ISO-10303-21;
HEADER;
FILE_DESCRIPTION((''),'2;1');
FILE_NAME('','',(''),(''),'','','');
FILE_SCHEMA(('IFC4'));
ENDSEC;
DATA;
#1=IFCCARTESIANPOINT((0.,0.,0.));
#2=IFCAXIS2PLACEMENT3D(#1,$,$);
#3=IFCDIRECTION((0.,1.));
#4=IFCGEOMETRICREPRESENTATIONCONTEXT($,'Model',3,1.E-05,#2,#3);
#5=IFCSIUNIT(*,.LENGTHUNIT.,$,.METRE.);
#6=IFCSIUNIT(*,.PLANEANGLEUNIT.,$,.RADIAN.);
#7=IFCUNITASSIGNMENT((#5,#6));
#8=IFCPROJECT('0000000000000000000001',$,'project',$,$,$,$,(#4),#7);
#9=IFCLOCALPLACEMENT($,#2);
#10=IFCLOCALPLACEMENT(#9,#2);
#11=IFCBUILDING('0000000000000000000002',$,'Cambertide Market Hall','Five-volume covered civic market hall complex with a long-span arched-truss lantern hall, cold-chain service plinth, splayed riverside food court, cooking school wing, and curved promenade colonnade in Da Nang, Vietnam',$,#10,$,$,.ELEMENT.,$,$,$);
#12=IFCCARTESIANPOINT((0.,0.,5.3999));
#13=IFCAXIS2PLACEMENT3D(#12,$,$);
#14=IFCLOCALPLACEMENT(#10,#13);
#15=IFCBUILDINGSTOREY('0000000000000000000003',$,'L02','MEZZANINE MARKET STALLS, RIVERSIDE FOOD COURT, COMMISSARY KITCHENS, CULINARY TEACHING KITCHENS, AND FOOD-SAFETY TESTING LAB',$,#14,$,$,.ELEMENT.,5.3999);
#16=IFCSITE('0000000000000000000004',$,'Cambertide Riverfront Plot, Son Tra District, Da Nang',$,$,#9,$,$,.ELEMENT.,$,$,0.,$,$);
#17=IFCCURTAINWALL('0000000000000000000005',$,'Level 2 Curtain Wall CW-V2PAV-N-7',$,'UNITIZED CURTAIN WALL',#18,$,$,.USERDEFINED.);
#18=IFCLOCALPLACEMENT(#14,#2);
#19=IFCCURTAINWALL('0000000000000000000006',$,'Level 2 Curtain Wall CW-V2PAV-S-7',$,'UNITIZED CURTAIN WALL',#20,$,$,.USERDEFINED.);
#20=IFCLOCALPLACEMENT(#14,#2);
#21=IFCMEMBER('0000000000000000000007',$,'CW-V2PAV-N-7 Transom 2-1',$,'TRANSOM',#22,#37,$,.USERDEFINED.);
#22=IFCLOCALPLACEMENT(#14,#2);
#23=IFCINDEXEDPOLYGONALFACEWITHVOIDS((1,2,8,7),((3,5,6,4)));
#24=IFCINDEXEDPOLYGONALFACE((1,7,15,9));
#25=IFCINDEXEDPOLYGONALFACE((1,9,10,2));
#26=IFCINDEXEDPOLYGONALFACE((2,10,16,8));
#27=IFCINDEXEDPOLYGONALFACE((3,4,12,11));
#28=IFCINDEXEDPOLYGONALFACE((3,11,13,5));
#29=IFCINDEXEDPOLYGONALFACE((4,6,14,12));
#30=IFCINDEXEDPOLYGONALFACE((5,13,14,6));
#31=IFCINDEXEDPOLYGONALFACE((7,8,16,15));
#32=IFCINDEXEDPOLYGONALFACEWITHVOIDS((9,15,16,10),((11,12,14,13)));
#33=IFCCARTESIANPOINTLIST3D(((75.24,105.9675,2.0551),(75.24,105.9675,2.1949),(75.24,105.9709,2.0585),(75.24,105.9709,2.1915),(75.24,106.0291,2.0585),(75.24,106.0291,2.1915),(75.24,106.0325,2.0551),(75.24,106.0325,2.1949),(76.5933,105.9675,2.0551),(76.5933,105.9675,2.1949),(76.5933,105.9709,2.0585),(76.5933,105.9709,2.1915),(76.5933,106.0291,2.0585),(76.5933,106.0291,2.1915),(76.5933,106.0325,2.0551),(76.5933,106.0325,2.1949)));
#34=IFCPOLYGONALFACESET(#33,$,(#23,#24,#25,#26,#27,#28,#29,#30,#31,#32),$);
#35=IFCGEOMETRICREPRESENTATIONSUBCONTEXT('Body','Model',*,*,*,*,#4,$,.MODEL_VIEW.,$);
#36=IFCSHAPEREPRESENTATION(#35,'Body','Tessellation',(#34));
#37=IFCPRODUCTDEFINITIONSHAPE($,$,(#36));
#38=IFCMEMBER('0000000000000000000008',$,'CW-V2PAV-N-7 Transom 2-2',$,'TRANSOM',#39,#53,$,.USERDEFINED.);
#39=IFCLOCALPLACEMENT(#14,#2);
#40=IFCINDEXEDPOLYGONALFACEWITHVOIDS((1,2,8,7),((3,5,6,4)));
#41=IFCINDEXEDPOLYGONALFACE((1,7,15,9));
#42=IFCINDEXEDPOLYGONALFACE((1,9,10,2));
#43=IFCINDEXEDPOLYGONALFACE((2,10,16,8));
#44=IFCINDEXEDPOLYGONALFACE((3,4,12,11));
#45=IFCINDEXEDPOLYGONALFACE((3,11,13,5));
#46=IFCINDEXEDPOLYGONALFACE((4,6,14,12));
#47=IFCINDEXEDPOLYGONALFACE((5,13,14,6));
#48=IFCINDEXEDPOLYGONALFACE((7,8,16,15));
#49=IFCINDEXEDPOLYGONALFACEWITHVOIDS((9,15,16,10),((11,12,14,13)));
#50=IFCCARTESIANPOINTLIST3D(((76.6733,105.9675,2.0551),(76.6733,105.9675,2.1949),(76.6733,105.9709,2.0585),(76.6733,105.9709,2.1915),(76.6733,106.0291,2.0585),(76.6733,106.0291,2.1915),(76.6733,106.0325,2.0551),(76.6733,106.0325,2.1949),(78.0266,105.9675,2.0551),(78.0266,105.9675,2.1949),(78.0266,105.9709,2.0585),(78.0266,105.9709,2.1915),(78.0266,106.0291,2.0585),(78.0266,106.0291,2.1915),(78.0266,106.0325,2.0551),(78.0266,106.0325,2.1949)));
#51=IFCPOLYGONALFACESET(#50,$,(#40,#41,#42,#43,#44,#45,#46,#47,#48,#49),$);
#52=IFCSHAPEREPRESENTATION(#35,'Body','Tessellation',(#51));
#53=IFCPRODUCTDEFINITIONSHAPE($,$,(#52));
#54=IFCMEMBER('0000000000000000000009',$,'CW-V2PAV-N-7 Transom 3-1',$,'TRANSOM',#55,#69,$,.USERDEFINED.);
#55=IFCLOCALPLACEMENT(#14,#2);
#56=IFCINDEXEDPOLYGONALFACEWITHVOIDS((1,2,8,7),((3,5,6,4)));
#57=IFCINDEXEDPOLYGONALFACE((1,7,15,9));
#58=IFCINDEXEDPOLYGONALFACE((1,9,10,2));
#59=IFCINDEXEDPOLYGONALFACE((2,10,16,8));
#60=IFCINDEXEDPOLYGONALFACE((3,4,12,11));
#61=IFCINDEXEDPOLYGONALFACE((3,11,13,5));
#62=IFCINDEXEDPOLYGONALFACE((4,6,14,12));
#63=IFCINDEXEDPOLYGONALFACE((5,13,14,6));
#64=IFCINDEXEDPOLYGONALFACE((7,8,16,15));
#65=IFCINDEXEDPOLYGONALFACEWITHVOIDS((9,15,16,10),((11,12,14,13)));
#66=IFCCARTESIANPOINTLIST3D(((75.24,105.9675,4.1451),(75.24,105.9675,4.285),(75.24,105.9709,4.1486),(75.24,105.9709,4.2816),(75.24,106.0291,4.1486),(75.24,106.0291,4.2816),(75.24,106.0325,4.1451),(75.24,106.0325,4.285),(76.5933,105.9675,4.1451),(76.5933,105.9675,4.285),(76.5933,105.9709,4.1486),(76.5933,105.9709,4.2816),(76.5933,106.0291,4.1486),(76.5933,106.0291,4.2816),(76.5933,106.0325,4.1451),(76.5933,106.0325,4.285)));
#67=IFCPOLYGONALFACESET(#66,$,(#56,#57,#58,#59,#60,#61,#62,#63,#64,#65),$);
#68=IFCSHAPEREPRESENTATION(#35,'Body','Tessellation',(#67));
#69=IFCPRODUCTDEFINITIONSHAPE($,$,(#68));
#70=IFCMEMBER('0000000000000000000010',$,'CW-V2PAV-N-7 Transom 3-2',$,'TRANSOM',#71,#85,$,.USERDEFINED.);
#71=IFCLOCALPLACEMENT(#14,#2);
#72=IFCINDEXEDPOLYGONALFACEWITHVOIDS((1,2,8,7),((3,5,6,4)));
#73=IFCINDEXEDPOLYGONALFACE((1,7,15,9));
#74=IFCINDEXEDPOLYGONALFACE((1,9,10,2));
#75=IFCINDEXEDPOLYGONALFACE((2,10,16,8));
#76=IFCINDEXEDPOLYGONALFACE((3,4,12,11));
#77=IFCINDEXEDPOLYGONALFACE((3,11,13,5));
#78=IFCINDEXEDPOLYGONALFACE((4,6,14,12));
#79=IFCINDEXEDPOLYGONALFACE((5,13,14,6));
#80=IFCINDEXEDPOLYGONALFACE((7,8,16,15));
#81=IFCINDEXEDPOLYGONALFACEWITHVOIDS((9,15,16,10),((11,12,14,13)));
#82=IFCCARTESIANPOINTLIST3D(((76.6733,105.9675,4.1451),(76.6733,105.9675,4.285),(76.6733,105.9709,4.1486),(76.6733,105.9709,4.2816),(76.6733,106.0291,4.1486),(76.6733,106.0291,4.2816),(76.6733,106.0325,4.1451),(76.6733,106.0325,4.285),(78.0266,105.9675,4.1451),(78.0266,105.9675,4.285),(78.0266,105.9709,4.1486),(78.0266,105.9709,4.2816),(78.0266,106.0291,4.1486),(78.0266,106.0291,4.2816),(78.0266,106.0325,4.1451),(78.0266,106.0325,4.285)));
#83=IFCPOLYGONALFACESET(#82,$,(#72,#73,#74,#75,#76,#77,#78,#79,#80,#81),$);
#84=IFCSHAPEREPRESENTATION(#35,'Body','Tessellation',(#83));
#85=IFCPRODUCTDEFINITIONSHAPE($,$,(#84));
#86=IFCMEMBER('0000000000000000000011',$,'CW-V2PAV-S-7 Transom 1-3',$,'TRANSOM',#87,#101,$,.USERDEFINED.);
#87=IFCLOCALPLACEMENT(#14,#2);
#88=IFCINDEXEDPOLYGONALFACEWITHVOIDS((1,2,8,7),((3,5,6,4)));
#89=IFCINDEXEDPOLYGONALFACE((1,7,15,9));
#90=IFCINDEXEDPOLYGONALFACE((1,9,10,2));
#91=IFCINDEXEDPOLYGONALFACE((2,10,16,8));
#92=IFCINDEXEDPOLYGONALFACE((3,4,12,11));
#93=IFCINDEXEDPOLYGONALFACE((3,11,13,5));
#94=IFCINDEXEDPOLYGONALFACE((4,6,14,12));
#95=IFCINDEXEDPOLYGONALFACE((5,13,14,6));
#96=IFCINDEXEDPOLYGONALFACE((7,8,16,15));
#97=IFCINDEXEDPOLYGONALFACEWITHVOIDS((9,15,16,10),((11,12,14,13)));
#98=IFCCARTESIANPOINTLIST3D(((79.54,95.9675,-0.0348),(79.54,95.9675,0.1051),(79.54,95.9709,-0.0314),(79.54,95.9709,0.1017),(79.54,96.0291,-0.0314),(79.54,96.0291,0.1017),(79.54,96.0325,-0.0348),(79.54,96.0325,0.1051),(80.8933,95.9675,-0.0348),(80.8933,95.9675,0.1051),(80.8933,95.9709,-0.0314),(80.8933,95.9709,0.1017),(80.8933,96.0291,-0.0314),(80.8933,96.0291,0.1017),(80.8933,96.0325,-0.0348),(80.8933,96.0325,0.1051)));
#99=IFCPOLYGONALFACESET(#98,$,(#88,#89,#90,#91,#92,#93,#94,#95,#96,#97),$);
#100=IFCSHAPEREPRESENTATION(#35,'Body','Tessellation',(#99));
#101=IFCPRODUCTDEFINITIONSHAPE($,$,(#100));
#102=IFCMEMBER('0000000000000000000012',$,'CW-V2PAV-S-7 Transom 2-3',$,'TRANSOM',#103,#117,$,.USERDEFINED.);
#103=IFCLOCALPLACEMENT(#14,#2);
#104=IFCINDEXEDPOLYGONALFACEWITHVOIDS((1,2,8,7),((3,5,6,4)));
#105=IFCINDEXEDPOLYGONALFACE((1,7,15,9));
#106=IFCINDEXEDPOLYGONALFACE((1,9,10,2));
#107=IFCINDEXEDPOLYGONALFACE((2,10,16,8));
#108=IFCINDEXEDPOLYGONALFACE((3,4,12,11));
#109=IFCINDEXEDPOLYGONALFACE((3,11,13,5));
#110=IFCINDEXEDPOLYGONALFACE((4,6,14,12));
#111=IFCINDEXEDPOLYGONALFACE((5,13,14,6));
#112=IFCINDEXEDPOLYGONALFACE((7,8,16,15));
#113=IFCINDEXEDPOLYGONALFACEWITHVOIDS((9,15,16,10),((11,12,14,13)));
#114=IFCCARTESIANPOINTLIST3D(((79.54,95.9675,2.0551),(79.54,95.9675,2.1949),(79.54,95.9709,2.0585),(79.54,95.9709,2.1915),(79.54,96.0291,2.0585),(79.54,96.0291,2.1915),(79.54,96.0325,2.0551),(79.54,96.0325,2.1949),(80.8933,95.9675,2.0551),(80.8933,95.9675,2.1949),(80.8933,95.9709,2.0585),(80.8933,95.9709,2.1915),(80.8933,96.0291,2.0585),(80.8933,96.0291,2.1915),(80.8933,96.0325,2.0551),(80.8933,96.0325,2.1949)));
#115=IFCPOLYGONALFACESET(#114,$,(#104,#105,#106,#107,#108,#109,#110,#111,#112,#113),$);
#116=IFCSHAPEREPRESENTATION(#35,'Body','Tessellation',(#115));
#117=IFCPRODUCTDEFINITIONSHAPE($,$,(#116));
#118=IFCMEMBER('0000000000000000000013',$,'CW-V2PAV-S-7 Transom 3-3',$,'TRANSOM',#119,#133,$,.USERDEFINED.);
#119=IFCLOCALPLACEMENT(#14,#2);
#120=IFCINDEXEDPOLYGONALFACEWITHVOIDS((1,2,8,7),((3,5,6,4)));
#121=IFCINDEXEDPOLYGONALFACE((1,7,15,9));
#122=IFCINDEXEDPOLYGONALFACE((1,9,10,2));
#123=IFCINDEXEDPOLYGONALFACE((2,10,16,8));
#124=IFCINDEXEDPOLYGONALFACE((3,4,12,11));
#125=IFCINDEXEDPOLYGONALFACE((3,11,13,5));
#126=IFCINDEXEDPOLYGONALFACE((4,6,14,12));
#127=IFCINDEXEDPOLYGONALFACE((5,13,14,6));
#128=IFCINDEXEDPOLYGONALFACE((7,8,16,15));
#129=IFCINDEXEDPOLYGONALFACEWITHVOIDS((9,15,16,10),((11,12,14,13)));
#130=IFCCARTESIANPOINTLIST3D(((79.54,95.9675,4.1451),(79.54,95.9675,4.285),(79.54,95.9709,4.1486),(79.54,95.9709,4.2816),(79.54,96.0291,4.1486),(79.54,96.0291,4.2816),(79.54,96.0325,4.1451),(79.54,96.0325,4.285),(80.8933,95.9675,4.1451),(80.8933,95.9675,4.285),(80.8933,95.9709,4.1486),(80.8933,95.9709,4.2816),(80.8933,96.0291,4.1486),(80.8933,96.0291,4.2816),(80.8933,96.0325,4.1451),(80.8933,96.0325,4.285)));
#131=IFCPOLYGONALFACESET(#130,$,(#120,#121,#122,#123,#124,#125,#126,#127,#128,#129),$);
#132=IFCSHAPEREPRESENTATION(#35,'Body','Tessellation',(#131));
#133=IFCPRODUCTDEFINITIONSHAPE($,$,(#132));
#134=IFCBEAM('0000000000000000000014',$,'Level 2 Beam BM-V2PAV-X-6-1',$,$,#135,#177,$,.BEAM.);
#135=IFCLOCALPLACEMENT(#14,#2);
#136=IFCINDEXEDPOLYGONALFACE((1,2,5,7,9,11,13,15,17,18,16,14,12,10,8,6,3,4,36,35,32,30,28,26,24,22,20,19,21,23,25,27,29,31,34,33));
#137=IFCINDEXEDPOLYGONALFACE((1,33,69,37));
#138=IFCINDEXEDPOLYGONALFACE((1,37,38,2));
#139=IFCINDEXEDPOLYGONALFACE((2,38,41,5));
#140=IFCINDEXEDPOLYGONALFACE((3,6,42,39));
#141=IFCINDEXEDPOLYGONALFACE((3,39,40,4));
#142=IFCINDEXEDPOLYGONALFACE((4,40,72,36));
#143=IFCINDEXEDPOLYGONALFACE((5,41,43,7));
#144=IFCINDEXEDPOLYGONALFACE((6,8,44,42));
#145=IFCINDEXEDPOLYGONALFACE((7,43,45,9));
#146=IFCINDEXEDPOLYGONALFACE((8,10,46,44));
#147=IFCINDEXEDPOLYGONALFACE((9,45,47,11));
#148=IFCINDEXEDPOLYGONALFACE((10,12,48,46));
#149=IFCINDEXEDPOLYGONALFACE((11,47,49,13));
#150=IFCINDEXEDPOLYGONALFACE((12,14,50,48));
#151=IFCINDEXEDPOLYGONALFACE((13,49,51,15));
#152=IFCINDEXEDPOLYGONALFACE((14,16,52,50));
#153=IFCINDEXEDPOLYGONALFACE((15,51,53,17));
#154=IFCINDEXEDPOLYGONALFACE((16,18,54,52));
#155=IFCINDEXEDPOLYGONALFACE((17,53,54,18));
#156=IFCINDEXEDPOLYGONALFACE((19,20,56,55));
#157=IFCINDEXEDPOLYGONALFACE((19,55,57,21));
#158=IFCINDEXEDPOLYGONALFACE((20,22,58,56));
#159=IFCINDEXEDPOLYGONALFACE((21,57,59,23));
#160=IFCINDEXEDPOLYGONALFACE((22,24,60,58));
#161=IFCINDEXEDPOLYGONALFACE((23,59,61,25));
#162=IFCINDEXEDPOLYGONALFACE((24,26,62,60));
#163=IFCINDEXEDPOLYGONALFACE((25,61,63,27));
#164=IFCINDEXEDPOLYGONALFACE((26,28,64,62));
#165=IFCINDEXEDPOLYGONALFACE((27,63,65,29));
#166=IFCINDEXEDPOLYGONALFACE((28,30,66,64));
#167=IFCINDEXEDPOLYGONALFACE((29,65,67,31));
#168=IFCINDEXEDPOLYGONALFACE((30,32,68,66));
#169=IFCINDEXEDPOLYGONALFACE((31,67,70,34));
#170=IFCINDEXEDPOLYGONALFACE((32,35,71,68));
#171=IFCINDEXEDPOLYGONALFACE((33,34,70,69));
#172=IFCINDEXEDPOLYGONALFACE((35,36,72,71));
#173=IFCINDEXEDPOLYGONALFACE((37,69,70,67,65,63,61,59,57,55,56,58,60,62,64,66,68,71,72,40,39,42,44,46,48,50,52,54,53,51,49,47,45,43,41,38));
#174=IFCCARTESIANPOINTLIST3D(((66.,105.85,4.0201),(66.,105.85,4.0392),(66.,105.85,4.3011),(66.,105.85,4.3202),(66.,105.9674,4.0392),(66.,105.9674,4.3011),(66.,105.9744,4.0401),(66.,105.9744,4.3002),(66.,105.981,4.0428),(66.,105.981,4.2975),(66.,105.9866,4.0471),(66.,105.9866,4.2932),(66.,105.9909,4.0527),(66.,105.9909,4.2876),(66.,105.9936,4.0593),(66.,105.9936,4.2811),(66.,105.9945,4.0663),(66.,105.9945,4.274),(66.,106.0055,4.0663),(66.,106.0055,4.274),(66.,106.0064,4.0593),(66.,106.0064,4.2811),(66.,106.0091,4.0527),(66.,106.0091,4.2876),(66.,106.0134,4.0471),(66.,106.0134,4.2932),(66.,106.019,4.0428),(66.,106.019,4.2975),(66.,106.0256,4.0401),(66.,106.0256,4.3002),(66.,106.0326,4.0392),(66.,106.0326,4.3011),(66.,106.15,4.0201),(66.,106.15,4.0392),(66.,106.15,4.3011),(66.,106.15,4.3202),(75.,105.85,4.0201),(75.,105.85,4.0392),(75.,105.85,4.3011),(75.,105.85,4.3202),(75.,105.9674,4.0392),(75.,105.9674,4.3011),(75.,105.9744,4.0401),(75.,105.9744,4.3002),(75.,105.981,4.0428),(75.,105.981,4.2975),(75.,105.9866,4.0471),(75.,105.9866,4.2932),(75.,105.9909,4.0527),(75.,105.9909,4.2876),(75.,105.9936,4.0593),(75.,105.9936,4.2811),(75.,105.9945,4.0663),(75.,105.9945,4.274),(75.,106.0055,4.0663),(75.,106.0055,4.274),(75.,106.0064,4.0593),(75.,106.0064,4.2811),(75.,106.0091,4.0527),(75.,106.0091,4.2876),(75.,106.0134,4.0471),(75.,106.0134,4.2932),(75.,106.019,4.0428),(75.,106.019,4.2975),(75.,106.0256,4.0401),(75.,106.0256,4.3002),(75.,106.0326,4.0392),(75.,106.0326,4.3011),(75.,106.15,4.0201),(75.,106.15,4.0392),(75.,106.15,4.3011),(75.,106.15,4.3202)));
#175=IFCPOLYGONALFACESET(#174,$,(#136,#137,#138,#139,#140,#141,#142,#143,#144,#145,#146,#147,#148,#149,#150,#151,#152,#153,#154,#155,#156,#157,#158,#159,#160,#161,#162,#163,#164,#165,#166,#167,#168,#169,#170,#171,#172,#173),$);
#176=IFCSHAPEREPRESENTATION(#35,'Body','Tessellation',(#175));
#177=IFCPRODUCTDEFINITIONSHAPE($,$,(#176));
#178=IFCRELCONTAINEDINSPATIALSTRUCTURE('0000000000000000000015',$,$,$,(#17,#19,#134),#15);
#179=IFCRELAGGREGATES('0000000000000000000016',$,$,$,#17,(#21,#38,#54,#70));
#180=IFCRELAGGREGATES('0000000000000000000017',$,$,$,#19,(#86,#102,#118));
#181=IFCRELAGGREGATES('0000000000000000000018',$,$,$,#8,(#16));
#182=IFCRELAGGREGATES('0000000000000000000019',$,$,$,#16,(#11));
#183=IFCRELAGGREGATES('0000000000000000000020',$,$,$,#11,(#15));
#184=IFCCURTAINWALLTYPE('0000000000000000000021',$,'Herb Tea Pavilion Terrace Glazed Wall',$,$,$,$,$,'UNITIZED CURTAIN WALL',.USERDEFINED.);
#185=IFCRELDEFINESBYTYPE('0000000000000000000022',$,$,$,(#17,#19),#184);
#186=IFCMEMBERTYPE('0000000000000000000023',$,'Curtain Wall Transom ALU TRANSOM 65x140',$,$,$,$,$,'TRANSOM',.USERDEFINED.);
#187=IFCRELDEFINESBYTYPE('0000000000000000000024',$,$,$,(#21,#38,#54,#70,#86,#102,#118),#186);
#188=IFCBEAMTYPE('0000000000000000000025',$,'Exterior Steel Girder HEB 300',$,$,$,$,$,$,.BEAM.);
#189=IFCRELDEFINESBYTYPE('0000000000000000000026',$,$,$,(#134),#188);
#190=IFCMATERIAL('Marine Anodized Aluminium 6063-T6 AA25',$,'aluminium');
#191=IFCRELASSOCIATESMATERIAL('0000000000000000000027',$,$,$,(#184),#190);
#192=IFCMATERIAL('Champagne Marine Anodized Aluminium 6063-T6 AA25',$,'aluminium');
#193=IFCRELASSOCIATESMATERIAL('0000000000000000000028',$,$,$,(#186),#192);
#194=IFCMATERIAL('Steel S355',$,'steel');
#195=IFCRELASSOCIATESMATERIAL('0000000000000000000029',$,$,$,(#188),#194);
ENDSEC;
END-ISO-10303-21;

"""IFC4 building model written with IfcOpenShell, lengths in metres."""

from ifc_helpers import new_model, si_unit, direction, frame, origin, origin_2d, place, context, subcontext, project, spatial, hollow_rectangle, i_section, extrude, material, material_profile, profile_set, type_object, element, aggregate, save


model = new_model("IFC4")

# Units and contexts
model_context = context("Model", 3, precision=1e-05, world=origin(), true_north=direction((0.0, 1.0)))
body_context = subcontext(model_context, "Body", "Model", "MODEL_VIEW")
ifc_project = project(units=[si_unit("LENGTHUNIT", "METRE"), si_unit("PLANEANGLEUNIT", "RADIAN")], contexts=[model_context])

# Site, building, storey
site_placement = place(None, origin())
site = spatial("IfcSite", under=ifc_project, at=site_placement, Name="Cambertide Riverfront Plot, Son Tra District, Da Nang", CompositionType="ELEMENT", RefElevation=0.0)
building_placement = place(site_placement, origin())
building = spatial("IfcBuilding", under=site, at=building_placement, Name="Cambertide Market Hall", Description="Five-volume covered civic market hall complex with a long-span arched-truss lantern hall, cold-chain service plinth, splayed riverside food court, cooking school wing, and curved promenade colonnade in Da Nang, Vietnam", CompositionType="ELEMENT")
storey_placement = place(building_placement, frame((0.0, 0.0, 5.3999)))
storey = spatial("IfcBuildingStorey", under=building, at=storey_placement, Name="L02", Description="MEZZANINE MARKET STALLS, RIVERSIDE FOOD COURT, COMMISSARY KITCHENS, CULINARY TEACHING KITCHENS, AND FOOD-SAFETY TESTING LAB", CompositionType="ELEMENT", Elevation=5.3999)

# Curtain wall
ifc_material_1 = material(Name="Marine Anodized Aluminium 6063-T6 AA25", Category="aluminium")
curtain_wall_type = type_object("IfcCurtainWallType", Name="Herb Tea Pavilion Terrace Glazed Wall", ElementType="UNITIZED CURTAIN WALL", PredefinedType="USERDEFINED", material=ifc_material_1)
curtain_wall_1_placement = place(storey_placement, origin())
curtain_wall_1 = element("IfcCurtainWall", 1, at=curtain_wall_1_placement, inside=storey, type_object=curtain_wall_type, Name="Level 2 Curtain Wall CW-V2PAV-N-7", ObjectType="UNITIZED CURTAIN WALL", PredefinedType="USERDEFINED")

# Curtain wall
curtain_wall_2_placement = place(storey_placement, origin())
curtain_wall_2 = element("IfcCurtainWall", 2, at=curtain_wall_2_placement, inside=storey, type_object=curtain_wall_type, Name="Level 2 Curtain Wall CW-V2PAV-S-7", ObjectType="UNITIZED CURTAIN WALL", PredefinedType="USERDEFINED")

# Members
ifc_material_2 = material(Name="Champagne Marine Anodized Aluminium 6063-T6 AA25", Category="aluminium")
ifc_material_profile_1 = material_profile(ifc_material_2, hollow_rectangle(XDim=0.0649, YDim=0.1399, WallThickness=0.0034, at=origin_2d()), Name="ALU TRANSOM 65x140")
ifc_profile_set_1 = profile_set([ifc_material_profile_1], Name="Champagne Marine Anodized Aluminium 6063-T6 AA25")
member_type_1 = type_object("IfcMemberType", Name="Curtain Wall Transom ALU TRANSOM 65x140", ElementType="TRANSOM", PredefinedType="USERDEFINED", material=ifc_profile_set_1)
member_1_placement = place(storey_placement, frame((75.24, 106.0, 2.125), z_axis=(1.0, 0.0, 0.0), x_axis=(0.0, 1.0, 0.0)))
member_1 = element("IfcMember", 3, at=member_1_placement, type_object=member_type_1, Name="CW-V2PAV-N-7 Transom 2-1", ObjectType="TRANSOM", PredefinedType="USERDEFINED", context=body_context, shape_type="SweptSolid", body=[
    extrude(hollow_rectangle(XDim=0.0649, YDim=0.1399, WallThickness=0.0034, at=origin_2d()), origin(), (0.0, 0.0, 1.0), 1.3533),
])
member_2_placement = place(storey_placement, frame((76.6733, 106.0, 2.125), z_axis=(1.0, 0.0, 0.0), x_axis=(0.0, 1.0, 0.0)))
member_2 = element("IfcMember", 4, at=member_2_placement, type_object=member_type_1, Name="CW-V2PAV-N-7 Transom 2-2", ObjectType="TRANSOM", PredefinedType="USERDEFINED", context=body_context, shape_type="SweptSolid", body=[
    extrude(hollow_rectangle(XDim=0.0649, YDim=0.1399, WallThickness=0.0034, at=origin_2d()), origin(), (0.0, 0.0, 1.0), 1.3533),
])
member_3_placement = place(storey_placement, frame((75.24, 106.0, 4.2151), z_axis=(1.0, 0.0, 0.0), x_axis=(0.0, 1.0, 0.0)))
member_3 = element("IfcMember", 5, at=member_3_placement, type_object=member_type_1, Name="CW-V2PAV-N-7 Transom 3-1", ObjectType="TRANSOM", PredefinedType="USERDEFINED", context=body_context, shape_type="SweptSolid", body=[
    extrude(hollow_rectangle(XDim=0.0649, YDim=0.1399, WallThickness=0.0034, at=origin_2d()), origin(), (0.0, 0.0, 1.0), 1.3533),
])
member_4_placement = place(storey_placement, frame((76.6733, 106.0, 4.2151), z_axis=(1.0, 0.0, 0.0), x_axis=(0.0, 1.0, 0.0)))
member_4 = element("IfcMember", 6, at=member_4_placement, type_object=member_type_1, Name="CW-V2PAV-N-7 Transom 3-2", ObjectType="TRANSOM", PredefinedType="USERDEFINED", context=body_context, shape_type="SweptSolid", body=[
    extrude(hollow_rectangle(XDim=0.0649, YDim=0.1399, WallThickness=0.0034, at=origin_2d()), origin(), (0.0, 0.0, 1.0), 1.3533),
])
member_5_placement = place(storey_placement, frame((80.8933, 96.0, 0.0352), z_axis=(-1.0, 0.0, 0.0), x_axis=(0.0, -1.0, 0.0)))
member_5 = element("IfcMember", 7, at=member_5_placement, type_object=member_type_1, Name="CW-V2PAV-S-7 Transom 1-3", ObjectType="TRANSOM", PredefinedType="USERDEFINED", context=body_context, shape_type="SweptSolid", body=[
    extrude(hollow_rectangle(XDim=0.0649, YDim=0.1399, WallThickness=0.0034, at=origin_2d()), origin(), (0.0, 0.0, 1.0), 1.3533),
])
member_6_placement = place(storey_placement, frame((80.8933, 96.0, 2.125), z_axis=(-1.0, 0.0, 0.0), x_axis=(0.0, -1.0, 0.0)))
member_6 = element("IfcMember", 8, at=member_6_placement, type_object=member_type_1, Name="CW-V2PAV-S-7 Transom 2-3", ObjectType="TRANSOM", PredefinedType="USERDEFINED", context=body_context, shape_type="SweptSolid", body=[
    extrude(hollow_rectangle(XDim=0.0649, YDim=0.1399, WallThickness=0.0034, at=origin_2d()), origin(), (0.0, 0.0, 1.0), 1.3533),
])
member_7_placement = place(storey_placement, frame((80.8933, 96.0, 4.2151), z_axis=(-1.0, 0.0, 0.0), x_axis=(0.0, -1.0, 0.0)))
member_7 = element("IfcMember", 9, at=member_7_placement, type_object=member_type_1, Name="CW-V2PAV-S-7 Transom 3-3", ObjectType="TRANSOM", PredefinedType="USERDEFINED", context=body_context, shape_type="SweptSolid", body=[
    extrude(hollow_rectangle(XDim=0.0649, YDim=0.1399, WallThickness=0.0034, at=origin_2d()), origin(), (0.0, 0.0, 1.0), 1.3533),
])

# Beam
ifc_material_3 = material(Name="Steel S355", Category="steel")
ifc_material_profile_2 = material_profile(ifc_material_3, i_section(OverallWidth=0.3, OverallDepth=0.3, WebThickness=0.011, FlangeThickness=0.019, FilletRadius=0.0271, at=origin_2d()), Name="HEB 300")
ifc_profile_set_2 = profile_set([ifc_material_profile_2], Name="Steel S355")
beam_type_1 = type_object("IfcBeamType", Name="Exterior Steel Girder HEB 300", PredefinedType="BEAM", material=ifc_profile_set_2)
for number, where, z_axis, x_axis, name in (
    (10, (66.0, 106.0, 4.1702), (1.0, 0.0, 0.0), (0.0, 1.0, 0.0), "Level 2 Beam BM-V2PAV-X-6-1"),
):
    element("IfcBeam", number, at=place(storey_placement, frame(where, z_axis=z_axis, x_axis=x_axis)), inside=storey, type_object=beam_type_1, Name=name, PredefinedType="BEAM", context=body_context, shape_type="SweptSolid", body=[
        extrude(i_section(OverallWidth=0.3, OverallDepth=0.3, WebThickness=0.011, FlangeThickness=0.019, FilletRadius=0.0271, at=origin_2d()), origin(), (0.0, 0.0, 1.0), 9.0),
    ])

aggregate(curtain_wall_1, [member_1, member_2, member_3, member_4])
aggregate(curtain_wall_2, [member_5, member_6, member_7])

save(model, "model.ifc")
